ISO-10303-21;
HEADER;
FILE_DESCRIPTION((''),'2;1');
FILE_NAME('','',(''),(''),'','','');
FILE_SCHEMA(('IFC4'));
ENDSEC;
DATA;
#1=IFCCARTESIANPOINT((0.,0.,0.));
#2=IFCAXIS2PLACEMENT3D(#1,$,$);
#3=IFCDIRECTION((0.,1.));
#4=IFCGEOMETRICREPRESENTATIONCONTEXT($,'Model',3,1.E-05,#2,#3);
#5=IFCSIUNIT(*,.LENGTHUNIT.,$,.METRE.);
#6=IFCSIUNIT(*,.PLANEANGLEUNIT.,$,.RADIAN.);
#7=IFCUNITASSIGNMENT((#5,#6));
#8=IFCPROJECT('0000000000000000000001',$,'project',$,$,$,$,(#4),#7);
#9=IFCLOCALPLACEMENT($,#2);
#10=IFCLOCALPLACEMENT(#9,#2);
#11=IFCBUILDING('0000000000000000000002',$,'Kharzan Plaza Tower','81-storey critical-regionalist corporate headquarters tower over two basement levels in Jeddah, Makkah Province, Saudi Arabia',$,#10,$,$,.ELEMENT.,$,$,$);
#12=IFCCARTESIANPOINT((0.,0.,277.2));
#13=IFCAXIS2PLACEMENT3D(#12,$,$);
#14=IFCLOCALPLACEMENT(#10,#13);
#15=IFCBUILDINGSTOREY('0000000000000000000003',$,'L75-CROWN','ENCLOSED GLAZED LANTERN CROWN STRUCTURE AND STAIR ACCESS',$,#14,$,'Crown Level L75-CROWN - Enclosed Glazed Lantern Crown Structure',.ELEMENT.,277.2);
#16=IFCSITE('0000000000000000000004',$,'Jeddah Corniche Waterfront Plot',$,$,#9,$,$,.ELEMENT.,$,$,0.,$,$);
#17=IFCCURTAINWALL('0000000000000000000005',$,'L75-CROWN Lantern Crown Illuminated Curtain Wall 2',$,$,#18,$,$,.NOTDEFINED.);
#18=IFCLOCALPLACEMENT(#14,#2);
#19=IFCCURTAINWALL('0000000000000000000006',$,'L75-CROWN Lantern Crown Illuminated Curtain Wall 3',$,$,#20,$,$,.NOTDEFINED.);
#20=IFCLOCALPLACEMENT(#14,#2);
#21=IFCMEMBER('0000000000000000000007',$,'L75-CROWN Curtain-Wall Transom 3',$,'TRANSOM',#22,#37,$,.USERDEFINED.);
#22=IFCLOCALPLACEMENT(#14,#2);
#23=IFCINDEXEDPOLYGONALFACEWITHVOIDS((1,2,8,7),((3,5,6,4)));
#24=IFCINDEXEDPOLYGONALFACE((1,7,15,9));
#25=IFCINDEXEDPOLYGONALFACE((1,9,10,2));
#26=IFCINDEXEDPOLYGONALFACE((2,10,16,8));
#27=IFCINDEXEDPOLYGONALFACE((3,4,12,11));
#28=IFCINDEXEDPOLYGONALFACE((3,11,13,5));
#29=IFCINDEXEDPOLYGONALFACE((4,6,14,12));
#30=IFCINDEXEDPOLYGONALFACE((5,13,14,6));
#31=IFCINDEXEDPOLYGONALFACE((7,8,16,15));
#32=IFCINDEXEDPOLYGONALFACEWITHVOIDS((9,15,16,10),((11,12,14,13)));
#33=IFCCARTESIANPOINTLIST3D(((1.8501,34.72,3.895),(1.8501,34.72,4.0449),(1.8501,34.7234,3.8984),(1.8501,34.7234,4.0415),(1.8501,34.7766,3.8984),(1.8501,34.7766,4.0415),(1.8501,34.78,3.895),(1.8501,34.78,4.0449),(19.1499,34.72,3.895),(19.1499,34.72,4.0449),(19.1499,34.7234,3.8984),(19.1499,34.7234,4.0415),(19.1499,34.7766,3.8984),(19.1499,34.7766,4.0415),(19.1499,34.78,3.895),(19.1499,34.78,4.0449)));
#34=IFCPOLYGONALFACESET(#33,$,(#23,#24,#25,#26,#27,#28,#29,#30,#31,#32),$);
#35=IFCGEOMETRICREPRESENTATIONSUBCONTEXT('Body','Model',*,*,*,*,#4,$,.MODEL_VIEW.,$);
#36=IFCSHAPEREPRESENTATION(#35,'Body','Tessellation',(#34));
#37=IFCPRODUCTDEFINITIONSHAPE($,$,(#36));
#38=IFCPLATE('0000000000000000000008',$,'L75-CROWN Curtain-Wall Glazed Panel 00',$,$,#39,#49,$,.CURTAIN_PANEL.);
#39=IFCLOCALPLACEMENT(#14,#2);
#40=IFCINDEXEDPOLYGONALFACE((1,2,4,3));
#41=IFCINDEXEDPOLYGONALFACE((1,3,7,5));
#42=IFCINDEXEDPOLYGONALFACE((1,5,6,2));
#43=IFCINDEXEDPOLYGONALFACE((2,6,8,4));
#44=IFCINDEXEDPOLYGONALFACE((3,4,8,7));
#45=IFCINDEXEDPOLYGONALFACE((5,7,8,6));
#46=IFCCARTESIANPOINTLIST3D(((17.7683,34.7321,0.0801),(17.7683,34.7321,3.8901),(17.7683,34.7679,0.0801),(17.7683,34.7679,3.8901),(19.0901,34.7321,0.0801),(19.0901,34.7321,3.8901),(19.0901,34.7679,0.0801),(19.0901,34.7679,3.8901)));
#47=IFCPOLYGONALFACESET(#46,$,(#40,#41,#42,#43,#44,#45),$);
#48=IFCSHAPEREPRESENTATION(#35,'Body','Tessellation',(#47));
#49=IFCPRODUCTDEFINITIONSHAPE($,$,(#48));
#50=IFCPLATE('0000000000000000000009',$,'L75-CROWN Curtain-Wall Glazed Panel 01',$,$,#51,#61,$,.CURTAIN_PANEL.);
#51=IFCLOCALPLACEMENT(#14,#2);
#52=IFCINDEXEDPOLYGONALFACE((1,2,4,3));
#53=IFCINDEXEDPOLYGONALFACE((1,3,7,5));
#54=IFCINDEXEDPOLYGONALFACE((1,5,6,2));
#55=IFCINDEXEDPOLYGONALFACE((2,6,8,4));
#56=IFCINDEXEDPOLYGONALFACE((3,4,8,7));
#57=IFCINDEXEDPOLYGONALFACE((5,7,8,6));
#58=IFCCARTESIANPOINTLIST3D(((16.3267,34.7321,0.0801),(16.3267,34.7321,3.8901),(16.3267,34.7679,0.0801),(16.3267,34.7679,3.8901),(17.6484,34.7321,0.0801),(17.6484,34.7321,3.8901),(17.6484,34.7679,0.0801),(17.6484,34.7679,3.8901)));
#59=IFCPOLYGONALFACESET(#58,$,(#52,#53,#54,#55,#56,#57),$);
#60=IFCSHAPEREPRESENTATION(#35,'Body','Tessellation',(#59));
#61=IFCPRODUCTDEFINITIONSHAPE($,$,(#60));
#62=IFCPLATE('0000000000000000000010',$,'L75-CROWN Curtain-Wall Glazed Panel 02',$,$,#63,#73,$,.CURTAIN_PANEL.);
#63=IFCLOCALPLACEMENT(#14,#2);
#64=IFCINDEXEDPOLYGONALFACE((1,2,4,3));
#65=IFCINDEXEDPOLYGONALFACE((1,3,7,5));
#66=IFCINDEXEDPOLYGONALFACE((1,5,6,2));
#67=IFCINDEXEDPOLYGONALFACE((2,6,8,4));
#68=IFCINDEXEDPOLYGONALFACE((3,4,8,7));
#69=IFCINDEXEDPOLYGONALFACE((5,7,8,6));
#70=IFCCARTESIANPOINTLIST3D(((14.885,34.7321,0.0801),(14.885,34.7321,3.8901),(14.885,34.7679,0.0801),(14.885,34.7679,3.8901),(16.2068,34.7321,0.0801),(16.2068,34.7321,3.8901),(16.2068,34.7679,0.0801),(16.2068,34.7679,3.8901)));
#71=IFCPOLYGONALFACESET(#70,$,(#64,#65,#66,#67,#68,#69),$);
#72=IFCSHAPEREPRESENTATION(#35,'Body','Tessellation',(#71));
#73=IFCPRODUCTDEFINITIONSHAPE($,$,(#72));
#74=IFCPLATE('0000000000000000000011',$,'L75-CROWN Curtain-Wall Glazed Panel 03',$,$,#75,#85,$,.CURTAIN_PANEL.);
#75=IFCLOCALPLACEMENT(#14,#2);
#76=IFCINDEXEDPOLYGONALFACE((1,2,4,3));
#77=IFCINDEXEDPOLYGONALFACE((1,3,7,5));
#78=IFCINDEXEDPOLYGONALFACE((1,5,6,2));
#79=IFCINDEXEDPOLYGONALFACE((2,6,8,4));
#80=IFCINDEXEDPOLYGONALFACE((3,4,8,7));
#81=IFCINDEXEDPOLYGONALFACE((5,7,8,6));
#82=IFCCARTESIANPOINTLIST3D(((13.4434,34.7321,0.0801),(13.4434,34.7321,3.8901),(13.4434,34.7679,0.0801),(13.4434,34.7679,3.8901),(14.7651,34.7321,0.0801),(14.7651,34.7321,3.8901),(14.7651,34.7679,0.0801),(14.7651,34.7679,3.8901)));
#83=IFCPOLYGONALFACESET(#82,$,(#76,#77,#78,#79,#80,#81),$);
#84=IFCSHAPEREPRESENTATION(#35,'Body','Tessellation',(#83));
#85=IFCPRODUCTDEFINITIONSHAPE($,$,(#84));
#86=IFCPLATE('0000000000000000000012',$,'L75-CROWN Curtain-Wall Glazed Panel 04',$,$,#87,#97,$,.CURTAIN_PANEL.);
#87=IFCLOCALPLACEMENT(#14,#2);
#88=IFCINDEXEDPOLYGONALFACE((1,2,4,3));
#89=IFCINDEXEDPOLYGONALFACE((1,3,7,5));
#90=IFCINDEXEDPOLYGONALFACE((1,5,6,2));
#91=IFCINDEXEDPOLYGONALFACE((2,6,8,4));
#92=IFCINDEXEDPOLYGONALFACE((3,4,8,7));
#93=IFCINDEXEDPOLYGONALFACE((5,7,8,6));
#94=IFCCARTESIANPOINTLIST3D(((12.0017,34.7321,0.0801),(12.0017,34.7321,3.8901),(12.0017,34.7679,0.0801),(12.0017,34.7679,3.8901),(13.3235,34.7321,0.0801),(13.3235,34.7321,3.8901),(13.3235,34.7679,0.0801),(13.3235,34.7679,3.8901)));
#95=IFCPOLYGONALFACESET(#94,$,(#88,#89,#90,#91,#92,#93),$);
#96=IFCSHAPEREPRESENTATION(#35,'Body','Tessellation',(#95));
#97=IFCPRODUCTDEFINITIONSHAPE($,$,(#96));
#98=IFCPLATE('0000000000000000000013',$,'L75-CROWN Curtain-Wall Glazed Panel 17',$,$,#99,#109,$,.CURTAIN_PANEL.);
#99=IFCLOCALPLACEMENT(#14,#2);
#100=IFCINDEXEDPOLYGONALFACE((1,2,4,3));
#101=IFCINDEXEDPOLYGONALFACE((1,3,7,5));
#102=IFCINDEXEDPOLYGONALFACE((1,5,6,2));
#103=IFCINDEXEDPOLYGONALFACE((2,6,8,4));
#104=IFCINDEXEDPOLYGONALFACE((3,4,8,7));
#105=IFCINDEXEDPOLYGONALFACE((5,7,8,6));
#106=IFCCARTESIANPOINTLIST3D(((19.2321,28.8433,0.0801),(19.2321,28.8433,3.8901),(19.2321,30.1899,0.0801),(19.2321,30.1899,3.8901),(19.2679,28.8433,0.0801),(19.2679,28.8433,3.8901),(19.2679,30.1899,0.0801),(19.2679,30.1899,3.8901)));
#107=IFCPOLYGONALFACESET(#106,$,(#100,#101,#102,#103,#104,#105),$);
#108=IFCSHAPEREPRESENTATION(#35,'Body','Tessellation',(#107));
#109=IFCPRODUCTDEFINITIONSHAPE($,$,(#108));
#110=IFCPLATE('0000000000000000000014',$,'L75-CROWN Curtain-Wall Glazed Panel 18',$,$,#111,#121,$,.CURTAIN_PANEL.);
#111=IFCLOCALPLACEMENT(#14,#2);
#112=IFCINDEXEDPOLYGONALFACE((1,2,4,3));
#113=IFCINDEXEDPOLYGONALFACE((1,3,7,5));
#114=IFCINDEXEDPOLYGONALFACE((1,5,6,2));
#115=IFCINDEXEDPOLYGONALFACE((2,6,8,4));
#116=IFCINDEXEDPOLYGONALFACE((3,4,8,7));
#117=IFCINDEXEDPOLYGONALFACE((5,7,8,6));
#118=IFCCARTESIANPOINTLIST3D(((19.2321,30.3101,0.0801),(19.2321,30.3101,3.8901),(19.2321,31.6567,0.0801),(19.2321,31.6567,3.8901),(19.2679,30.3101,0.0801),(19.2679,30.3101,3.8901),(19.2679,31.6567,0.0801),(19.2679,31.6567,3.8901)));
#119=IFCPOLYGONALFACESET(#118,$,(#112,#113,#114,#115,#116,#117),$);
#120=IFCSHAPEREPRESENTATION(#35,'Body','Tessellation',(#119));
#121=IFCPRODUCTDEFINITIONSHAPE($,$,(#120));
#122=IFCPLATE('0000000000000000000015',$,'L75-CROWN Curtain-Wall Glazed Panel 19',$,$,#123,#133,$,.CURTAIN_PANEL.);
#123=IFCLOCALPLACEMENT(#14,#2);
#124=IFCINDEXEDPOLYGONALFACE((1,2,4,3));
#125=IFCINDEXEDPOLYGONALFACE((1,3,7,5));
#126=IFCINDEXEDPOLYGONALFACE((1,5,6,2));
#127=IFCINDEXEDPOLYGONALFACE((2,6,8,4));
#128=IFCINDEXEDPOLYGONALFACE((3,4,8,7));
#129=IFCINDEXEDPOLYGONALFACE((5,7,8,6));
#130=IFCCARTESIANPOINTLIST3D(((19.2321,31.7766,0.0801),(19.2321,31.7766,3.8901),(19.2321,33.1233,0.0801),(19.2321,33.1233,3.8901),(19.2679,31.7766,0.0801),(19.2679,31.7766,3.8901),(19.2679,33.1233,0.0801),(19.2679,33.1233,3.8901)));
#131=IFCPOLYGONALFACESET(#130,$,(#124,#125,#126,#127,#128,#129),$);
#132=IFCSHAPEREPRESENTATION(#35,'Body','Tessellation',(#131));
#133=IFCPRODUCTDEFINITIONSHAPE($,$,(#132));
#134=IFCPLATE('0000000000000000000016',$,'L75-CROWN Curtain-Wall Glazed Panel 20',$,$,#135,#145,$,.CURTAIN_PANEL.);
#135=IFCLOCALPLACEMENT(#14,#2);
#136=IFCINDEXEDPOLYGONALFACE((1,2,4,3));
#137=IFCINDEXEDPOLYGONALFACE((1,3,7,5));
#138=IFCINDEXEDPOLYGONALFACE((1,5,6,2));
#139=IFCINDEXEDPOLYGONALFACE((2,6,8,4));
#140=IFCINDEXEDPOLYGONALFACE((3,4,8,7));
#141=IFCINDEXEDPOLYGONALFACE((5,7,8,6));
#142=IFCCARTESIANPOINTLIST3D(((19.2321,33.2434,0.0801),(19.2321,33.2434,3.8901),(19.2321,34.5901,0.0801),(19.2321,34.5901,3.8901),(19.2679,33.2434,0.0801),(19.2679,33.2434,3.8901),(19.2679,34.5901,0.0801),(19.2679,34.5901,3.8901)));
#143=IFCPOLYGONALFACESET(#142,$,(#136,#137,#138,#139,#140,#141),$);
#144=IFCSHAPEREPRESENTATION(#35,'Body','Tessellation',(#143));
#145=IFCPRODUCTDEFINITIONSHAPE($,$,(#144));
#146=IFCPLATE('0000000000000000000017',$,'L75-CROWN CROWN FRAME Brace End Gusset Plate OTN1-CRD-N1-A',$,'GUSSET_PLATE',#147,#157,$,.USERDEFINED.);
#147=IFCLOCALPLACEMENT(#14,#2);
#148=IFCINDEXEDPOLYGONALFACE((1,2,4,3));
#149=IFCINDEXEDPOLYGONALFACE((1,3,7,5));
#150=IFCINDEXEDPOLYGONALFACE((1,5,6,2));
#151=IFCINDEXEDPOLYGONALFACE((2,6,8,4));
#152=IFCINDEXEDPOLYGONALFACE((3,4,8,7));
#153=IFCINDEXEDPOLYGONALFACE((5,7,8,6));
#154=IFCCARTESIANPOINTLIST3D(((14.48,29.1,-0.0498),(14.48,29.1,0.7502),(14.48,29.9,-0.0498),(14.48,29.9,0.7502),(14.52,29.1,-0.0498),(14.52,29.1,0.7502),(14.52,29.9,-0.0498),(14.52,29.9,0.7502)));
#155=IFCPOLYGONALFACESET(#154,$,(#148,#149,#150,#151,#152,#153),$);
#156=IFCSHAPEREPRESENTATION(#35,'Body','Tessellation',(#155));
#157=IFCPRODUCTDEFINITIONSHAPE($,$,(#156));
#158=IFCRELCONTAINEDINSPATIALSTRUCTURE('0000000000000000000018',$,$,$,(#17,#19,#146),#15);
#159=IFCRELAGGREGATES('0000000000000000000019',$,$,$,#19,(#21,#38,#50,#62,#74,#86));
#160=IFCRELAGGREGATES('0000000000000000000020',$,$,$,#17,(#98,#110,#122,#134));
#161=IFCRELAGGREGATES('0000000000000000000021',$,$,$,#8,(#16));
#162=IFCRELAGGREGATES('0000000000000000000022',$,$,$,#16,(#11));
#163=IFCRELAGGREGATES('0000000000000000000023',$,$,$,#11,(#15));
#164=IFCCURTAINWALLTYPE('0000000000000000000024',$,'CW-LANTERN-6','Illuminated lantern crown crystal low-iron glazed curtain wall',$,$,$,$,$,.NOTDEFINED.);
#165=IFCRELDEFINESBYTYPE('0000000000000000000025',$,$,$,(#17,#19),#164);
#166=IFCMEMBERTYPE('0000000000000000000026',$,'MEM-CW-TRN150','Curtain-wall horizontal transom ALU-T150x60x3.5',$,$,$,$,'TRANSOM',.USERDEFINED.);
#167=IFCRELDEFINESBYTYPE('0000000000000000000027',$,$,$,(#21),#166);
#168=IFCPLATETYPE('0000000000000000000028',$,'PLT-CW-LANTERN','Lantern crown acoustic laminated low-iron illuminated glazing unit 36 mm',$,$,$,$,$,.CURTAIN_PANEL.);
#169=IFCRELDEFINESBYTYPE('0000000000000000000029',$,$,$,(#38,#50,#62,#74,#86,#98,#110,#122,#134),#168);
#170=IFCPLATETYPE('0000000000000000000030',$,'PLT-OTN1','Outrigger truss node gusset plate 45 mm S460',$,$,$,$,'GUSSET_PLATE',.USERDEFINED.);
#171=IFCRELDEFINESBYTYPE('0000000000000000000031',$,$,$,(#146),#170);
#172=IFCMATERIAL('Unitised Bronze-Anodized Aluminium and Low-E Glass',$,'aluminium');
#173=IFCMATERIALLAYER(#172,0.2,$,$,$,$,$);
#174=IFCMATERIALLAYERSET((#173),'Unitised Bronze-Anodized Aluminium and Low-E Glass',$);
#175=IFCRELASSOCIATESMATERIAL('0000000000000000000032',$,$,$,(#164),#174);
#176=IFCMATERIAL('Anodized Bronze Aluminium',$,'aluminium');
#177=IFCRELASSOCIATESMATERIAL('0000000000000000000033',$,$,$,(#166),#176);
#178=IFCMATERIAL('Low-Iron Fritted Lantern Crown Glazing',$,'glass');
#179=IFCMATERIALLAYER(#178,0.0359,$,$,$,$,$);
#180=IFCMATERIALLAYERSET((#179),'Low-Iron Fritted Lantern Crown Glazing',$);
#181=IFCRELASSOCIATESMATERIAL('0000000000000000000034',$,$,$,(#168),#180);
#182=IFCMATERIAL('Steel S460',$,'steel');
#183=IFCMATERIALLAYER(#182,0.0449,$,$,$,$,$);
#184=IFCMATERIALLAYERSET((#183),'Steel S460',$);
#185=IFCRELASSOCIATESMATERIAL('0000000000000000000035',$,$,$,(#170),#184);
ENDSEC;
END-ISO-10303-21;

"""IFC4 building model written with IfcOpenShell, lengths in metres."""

from ifc_helpers import new_model, si_unit, direction, frame, origin, origin_2d, place, context, subcontext, project, spatial, rectangle, hollow_rectangle, extrude, source, transform, mapped, material, layer, layer_set, material_profile, profile_set, type_object, element, aggregate, save


model = new_model("IFC4")

# Units and contexts
model_context = context("Model", 3, precision=1e-05, world=origin(), true_north=direction((0.0, 1.0)))
body_context = subcontext(model_context, "Body", "Model", "MODEL_VIEW")
ifc_project = project(units=[si_unit("LENGTHUNIT", "METRE"), si_unit("PLANEANGLEUNIT", "RADIAN")], contexts=[model_context])

# Site, building, storey
site_placement = place(None, origin())
site = spatial("IfcSite", under=ifc_project, at=site_placement, Name="Jeddah Corniche Waterfront Plot", CompositionType="ELEMENT", RefElevation=0.0)
building_placement = place(site_placement, origin())
building = spatial("IfcBuilding", under=site, at=building_placement, Name="Kharzan Plaza Tower", Description="81-storey critical-regionalist corporate headquarters tower over two basement levels in Jeddah, Makkah Province, Saudi Arabia", CompositionType="ELEMENT")
storey_placement = place(building_placement, frame((0.0, 0.0, 277.2)))
storey = spatial("IfcBuildingStorey", under=building, at=storey_placement, Name="L75-CROWN", Description="ENCLOSED GLAZED LANTERN CROWN STRUCTURE AND STAIR ACCESS", LongName="Crown Level L75-CROWN - Enclosed Glazed Lantern Crown Structure", CompositionType="ELEMENT", Elevation=277.2)

# Curtain wall
ifc_material_1 = material(Name="Unitised Bronze-Anodized Aluminium and Low-E Glass", Category="aluminium")
ifc_layer_1 = layer(ifc_material_1, 0.2)
ifc_layer_set_1 = layer_set([ifc_layer_1], Name="Unitised Bronze-Anodized Aluminium and Low-E Glass")
curtain_wall_type = type_object("IfcCurtainWallType", Name="CW-LANTERN-6", Description="Illuminated lantern crown crystal low-iron glazed curtain wall", PredefinedType="NOTDEFINED", material=ifc_layer_set_1)
curtain_wall_1_placement = place(storey_placement, origin())
curtain_wall_1 = element("IfcCurtainWall", 1, at=curtain_wall_1_placement, inside=storey, type_object=curtain_wall_type, Name="L75-CROWN Lantern Crown Illuminated Curtain Wall 2", PredefinedType="NOTDEFINED")
ifc_material_2 = material(Name="Anodized Bronze Aluminium", Category="aluminium")

# Curtain wall, member, plates
curtain_wall_2_placement = place(storey_placement, origin())
curtain_wall_2 = element("IfcCurtainWall", 2, at=curtain_wall_2_placement, inside=storey, type_object=curtain_wall_type, Name="L75-CROWN Lantern Crown Illuminated Curtain Wall 3", PredefinedType="NOTDEFINED")
ifc_material_profile_1 = material_profile(ifc_material_2, hollow_rectangle(XDim=0.0601, YDim=0.1499, WallThickness=0.0034, at=origin_2d()), Name="ALU-T150x60x3.5")
ifc_profile_set_1 = profile_set([ifc_material_profile_1], Name="Anodized Bronze Aluminium")
member_type_1 = type_object("IfcMemberType", Name="MEM-CW-TRN150", Description="Curtain-wall horizontal transom ALU-T150x60x3.5", ElementType="TRANSOM", PredefinedType="USERDEFINED", material=ifc_profile_set_1)
shared_shape_1 = source(origin(), body_context, "Body", "SweptSolid", [
    extrude(hollow_rectangle(XDim=0.0601, YDim=0.1499, WallThickness=0.0034, at=origin_2d()), origin(), (0.0, 0.0, 1.0), 17.2998),
])
member_1_placement = place(storey_placement, frame((19.1499, 34.75, 3.97), z_axis=(-1.0, 0.0, 0.0), x_axis=(0.0, -1.0, 0.0)))
member_1 = element("IfcMember", 3, at=member_1_placement, type_object=member_type_1, Name="L75-CROWN Curtain-Wall Transom 3", ObjectType="TRANSOM", PredefinedType="USERDEFINED", context=body_context, shape_type="MappedRepresentation", body=[
    mapped(shared_shape_1, transform((0.0, 0.0, 0.0), x_axis=(1.0, 0.0, 0.0), y_axis=(0.0, 1.0, 0.0), z_axis=(0.0, 0.0, 1.0))),
])
ifc_material_3 = material(Name="Low-Iron Fritted Lantern Crown Glazing", Category="glass")
ifc_layer_2 = layer(ifc_material_3, 0.0359)
ifc_layer_set_2 = layer_set([ifc_layer_2], Name="Low-Iron Fritted Lantern Crown Glazing")
plate_type_1 = type_object("IfcPlateType", Name="PLT-CW-LANTERN", Description="Lantern crown acoustic laminated low-iron illuminated glazing unit 36 mm", PredefinedType="CURTAIN_PANEL", material=ifc_layer_set_2)
shared_shape_2 = source(origin(), body_context, "Body", "SweptSolid", [
    extrude(rectangle(XDim=1.3218, YDim=0.0359, at=origin_2d()), origin(), (0.0, 0.0, 1.0), 3.8101),
])
plate_1_placement = place(storey_placement, frame((18.4292, 34.75, 0.0801), z_axis=(0.0, 0.0, 1.0), x_axis=(-1.0, 0.0, 0.0)))
plate_1 = element("IfcPlate", 4, at=plate_1_placement, type_object=plate_type_1, Name="L75-CROWN Curtain-Wall Glazed Panel 00", PredefinedType="CURTAIN_PANEL", context=body_context, shape_type="MappedRepresentation", body=[
    mapped(shared_shape_2, transform((0.0, 0.0, 0.0), x_axis=(1.0, 0.0, 0.0), y_axis=(0.0, 1.0, 0.0), z_axis=(0.0, 0.0, 1.0))),
])
plate_2_placement = place(storey_placement, frame((16.9875, 34.75, 0.0801), z_axis=(0.0, 0.0, 1.0), x_axis=(-1.0, 0.0, 0.0)))
plate_2 = element("IfcPlate", 5, at=plate_2_placement, type_object=plate_type_1, Name="L75-CROWN Curtain-Wall Glazed Panel 01", PredefinedType="CURTAIN_PANEL", context=body_context, shape_type="MappedRepresentation", body=[
    mapped(shared_shape_2, transform((0.0, 0.0, 0.0), x_axis=(1.0, 0.0, 0.0), y_axis=(0.0, 1.0, 0.0), z_axis=(0.0, 0.0, 1.0))),
])
plate_3_placement = place(storey_placement, frame((15.5459, 34.75, 0.0801), z_axis=(0.0, 0.0, 1.0), x_axis=(-1.0, 0.0, 0.0)))
plate_3 = element("IfcPlate", 6, at=plate_3_placement, type_object=plate_type_1, Name="L75-CROWN Curtain-Wall Glazed Panel 02", PredefinedType="CURTAIN_PANEL", context=body_context, shape_type="MappedRepresentation", body=[
    mapped(shared_shape_2, transform((0.0, 0.0, 0.0), x_axis=(1.0, 0.0, 0.0), y_axis=(0.0, 1.0, 0.0), z_axis=(0.0, 0.0, 1.0))),
])
plate_4_placement = place(storey_placement, frame((14.1042, 34.75, 0.0801), z_axis=(0.0, 0.0, 1.0), x_axis=(-1.0, 0.0, 0.0)))
plate_4 = element("IfcPlate", 7, at=plate_4_placement, type_object=plate_type_1, Name="L75-CROWN Curtain-Wall Glazed Panel 03", PredefinedType="CURTAIN_PANEL", context=body_context, shape_type="MappedRepresentation", body=[
    mapped(shared_shape_2, transform((0.0, 0.0, 0.0), x_axis=(1.0, 0.0, 0.0), y_axis=(0.0, 1.0, 0.0), z_axis=(0.0, 0.0, 1.0))),
])
plate_5_placement = place(storey_placement, frame((12.6626, 34.75, 0.0801), z_axis=(0.0, 0.0, 1.0), x_axis=(-1.0, 0.0, 0.0)))
plate_5 = element("IfcPlate", 8, at=plate_5_placement, type_object=plate_type_1, Name="L75-CROWN Curtain-Wall Glazed Panel 04", PredefinedType="CURTAIN_PANEL", context=body_context, shape_type="MappedRepresentation", body=[
    mapped(shared_shape_2, transform((0.0, 0.0, 0.0), x_axis=(1.0, 0.0, 0.0), y_axis=(0.0, 1.0, 0.0), z_axis=(0.0, 0.0, 1.0))),
])
aggregate(curtain_wall_2, [member_1, plate_1, plate_2, plate_3, plate_4, plate_5])

# Plates
shared_shape_3 = source(origin(), body_context, "Body", "SweptSolid", [
    extrude(rectangle(XDim=1.3467, YDim=0.0359, at=origin_2d()), origin(), (0.0, 0.0, 1.0), 3.8101),
])
plate_6_placement = place(storey_placement, frame((19.25, 29.5166, 0.0801), z_axis=(0.0, 0.0, 1.0), x_axis=(0.0, 1.0, 0.0)))
plate_6 = element("IfcPlate", 9, at=plate_6_placement, type_object=plate_type_1, Name="L75-CROWN Curtain-Wall Glazed Panel 17", PredefinedType="CURTAIN_PANEL", context=body_context, shape_type="MappedRepresentation", body=[
    mapped(shared_shape_3, transform((0.0, 0.0, 0.0), x_axis=(1.0, 0.0, 0.0), y_axis=(0.0, 1.0, 0.0), z_axis=(0.0, 0.0, 1.0))),
])
plate_7_placement = place(storey_placement, frame((19.25, 30.9834, 0.0801), z_axis=(0.0, 0.0, 1.0), x_axis=(0.0, 1.0, 0.0)))
plate_7 = element("IfcPlate", 10, at=plate_7_placement, type_object=plate_type_1, Name="L75-CROWN Curtain-Wall Glazed Panel 18", PredefinedType="CURTAIN_PANEL", context=body_context, shape_type="MappedRepresentation", body=[
    mapped(shared_shape_3, transform((0.0, 0.0, 0.0), x_axis=(1.0, 0.0, 0.0), y_axis=(0.0, 1.0, 0.0), z_axis=(0.0, 0.0, 1.0))),
])
plate_8_placement = place(storey_placement, frame((19.25, 32.45, 0.0801), z_axis=(0.0, 0.0, 1.0), x_axis=(0.0, 1.0, 0.0)))
plate_8 = element("IfcPlate", 11, at=plate_8_placement, type_object=plate_type_1, Name="L75-CROWN Curtain-Wall Glazed Panel 19", PredefinedType="CURTAIN_PANEL", context=body_context, shape_type="MappedRepresentation", body=[
    mapped(shared_shape_3, transform((0.0, 0.0, 0.0), x_axis=(1.0, 0.0, 0.0), y_axis=(0.0, 1.0, 0.0), z_axis=(0.0, 0.0, 1.0))),
])
plate_9_placement = place(storey_placement, frame((19.25, 33.9167, 0.0801), z_axis=(0.0, 0.0, 1.0), x_axis=(0.0, 1.0, 0.0)))
plate_9 = element("IfcPlate", 12, at=plate_9_placement, type_object=plate_type_1, Name="L75-CROWN Curtain-Wall Glazed Panel 20", PredefinedType="CURTAIN_PANEL", context=body_context, shape_type="MappedRepresentation", body=[
    mapped(shared_shape_3, transform((0.0, 0.0, 0.0), x_axis=(1.0, 0.0, 0.0), y_axis=(0.0, 1.0, 0.0), z_axis=(0.0, 0.0, 1.0))),
])
aggregate(curtain_wall_1, [plate_6, plate_7, plate_8, plate_9])
ifc_material_4 = material(Name="Steel S460", Category="steel")
ifc_layer_3 = layer(ifc_material_4, 0.0449)
ifc_layer_set_3 = layer_set([ifc_layer_3], Name="Steel S460")
plate_type_2 = type_object("IfcPlateType", Name="PLT-OTN1", Description="Outrigger truss node gusset plate 45 mm S460", ElementType="GUSSET_PLATE", PredefinedType="USERDEFINED", material=ifc_layer_set_3)
shared_shape_4 = source(origin(), body_context, "Body", "SweptSolid", [
    extrude(rectangle(XDim=0.8, YDim=0.04, at=origin_2d()), origin(), (0.0, 0.0, 1.0), 0.8),
])
plate_10_placement = place(storey_placement, frame((14.5, 29.5, -0.0498), z_axis=(0.0, 0.0, 1.0), x_axis=(0.0, -1.0, 0.0)))
element("IfcPlate", 13, at=plate_10_placement, inside=storey, type_object=plate_type_2, Name="L75-CROWN CROWN FRAME Brace End Gusset Plate OTN1-CRD-N1-A", ObjectType="GUSSET_PLATE", PredefinedType="USERDEFINED", context=body_context, shape_type="MappedRepresentation", body=[
    mapped(shared_shape_4, transform((0.0, 0.0, 0.0), x_axis=(1.0, 0.0, 0.0), y_axis=(0.0, 1.0, 0.0), z_axis=(0.0, 0.0, 1.0))),
])

save(model, "model.ifc")
